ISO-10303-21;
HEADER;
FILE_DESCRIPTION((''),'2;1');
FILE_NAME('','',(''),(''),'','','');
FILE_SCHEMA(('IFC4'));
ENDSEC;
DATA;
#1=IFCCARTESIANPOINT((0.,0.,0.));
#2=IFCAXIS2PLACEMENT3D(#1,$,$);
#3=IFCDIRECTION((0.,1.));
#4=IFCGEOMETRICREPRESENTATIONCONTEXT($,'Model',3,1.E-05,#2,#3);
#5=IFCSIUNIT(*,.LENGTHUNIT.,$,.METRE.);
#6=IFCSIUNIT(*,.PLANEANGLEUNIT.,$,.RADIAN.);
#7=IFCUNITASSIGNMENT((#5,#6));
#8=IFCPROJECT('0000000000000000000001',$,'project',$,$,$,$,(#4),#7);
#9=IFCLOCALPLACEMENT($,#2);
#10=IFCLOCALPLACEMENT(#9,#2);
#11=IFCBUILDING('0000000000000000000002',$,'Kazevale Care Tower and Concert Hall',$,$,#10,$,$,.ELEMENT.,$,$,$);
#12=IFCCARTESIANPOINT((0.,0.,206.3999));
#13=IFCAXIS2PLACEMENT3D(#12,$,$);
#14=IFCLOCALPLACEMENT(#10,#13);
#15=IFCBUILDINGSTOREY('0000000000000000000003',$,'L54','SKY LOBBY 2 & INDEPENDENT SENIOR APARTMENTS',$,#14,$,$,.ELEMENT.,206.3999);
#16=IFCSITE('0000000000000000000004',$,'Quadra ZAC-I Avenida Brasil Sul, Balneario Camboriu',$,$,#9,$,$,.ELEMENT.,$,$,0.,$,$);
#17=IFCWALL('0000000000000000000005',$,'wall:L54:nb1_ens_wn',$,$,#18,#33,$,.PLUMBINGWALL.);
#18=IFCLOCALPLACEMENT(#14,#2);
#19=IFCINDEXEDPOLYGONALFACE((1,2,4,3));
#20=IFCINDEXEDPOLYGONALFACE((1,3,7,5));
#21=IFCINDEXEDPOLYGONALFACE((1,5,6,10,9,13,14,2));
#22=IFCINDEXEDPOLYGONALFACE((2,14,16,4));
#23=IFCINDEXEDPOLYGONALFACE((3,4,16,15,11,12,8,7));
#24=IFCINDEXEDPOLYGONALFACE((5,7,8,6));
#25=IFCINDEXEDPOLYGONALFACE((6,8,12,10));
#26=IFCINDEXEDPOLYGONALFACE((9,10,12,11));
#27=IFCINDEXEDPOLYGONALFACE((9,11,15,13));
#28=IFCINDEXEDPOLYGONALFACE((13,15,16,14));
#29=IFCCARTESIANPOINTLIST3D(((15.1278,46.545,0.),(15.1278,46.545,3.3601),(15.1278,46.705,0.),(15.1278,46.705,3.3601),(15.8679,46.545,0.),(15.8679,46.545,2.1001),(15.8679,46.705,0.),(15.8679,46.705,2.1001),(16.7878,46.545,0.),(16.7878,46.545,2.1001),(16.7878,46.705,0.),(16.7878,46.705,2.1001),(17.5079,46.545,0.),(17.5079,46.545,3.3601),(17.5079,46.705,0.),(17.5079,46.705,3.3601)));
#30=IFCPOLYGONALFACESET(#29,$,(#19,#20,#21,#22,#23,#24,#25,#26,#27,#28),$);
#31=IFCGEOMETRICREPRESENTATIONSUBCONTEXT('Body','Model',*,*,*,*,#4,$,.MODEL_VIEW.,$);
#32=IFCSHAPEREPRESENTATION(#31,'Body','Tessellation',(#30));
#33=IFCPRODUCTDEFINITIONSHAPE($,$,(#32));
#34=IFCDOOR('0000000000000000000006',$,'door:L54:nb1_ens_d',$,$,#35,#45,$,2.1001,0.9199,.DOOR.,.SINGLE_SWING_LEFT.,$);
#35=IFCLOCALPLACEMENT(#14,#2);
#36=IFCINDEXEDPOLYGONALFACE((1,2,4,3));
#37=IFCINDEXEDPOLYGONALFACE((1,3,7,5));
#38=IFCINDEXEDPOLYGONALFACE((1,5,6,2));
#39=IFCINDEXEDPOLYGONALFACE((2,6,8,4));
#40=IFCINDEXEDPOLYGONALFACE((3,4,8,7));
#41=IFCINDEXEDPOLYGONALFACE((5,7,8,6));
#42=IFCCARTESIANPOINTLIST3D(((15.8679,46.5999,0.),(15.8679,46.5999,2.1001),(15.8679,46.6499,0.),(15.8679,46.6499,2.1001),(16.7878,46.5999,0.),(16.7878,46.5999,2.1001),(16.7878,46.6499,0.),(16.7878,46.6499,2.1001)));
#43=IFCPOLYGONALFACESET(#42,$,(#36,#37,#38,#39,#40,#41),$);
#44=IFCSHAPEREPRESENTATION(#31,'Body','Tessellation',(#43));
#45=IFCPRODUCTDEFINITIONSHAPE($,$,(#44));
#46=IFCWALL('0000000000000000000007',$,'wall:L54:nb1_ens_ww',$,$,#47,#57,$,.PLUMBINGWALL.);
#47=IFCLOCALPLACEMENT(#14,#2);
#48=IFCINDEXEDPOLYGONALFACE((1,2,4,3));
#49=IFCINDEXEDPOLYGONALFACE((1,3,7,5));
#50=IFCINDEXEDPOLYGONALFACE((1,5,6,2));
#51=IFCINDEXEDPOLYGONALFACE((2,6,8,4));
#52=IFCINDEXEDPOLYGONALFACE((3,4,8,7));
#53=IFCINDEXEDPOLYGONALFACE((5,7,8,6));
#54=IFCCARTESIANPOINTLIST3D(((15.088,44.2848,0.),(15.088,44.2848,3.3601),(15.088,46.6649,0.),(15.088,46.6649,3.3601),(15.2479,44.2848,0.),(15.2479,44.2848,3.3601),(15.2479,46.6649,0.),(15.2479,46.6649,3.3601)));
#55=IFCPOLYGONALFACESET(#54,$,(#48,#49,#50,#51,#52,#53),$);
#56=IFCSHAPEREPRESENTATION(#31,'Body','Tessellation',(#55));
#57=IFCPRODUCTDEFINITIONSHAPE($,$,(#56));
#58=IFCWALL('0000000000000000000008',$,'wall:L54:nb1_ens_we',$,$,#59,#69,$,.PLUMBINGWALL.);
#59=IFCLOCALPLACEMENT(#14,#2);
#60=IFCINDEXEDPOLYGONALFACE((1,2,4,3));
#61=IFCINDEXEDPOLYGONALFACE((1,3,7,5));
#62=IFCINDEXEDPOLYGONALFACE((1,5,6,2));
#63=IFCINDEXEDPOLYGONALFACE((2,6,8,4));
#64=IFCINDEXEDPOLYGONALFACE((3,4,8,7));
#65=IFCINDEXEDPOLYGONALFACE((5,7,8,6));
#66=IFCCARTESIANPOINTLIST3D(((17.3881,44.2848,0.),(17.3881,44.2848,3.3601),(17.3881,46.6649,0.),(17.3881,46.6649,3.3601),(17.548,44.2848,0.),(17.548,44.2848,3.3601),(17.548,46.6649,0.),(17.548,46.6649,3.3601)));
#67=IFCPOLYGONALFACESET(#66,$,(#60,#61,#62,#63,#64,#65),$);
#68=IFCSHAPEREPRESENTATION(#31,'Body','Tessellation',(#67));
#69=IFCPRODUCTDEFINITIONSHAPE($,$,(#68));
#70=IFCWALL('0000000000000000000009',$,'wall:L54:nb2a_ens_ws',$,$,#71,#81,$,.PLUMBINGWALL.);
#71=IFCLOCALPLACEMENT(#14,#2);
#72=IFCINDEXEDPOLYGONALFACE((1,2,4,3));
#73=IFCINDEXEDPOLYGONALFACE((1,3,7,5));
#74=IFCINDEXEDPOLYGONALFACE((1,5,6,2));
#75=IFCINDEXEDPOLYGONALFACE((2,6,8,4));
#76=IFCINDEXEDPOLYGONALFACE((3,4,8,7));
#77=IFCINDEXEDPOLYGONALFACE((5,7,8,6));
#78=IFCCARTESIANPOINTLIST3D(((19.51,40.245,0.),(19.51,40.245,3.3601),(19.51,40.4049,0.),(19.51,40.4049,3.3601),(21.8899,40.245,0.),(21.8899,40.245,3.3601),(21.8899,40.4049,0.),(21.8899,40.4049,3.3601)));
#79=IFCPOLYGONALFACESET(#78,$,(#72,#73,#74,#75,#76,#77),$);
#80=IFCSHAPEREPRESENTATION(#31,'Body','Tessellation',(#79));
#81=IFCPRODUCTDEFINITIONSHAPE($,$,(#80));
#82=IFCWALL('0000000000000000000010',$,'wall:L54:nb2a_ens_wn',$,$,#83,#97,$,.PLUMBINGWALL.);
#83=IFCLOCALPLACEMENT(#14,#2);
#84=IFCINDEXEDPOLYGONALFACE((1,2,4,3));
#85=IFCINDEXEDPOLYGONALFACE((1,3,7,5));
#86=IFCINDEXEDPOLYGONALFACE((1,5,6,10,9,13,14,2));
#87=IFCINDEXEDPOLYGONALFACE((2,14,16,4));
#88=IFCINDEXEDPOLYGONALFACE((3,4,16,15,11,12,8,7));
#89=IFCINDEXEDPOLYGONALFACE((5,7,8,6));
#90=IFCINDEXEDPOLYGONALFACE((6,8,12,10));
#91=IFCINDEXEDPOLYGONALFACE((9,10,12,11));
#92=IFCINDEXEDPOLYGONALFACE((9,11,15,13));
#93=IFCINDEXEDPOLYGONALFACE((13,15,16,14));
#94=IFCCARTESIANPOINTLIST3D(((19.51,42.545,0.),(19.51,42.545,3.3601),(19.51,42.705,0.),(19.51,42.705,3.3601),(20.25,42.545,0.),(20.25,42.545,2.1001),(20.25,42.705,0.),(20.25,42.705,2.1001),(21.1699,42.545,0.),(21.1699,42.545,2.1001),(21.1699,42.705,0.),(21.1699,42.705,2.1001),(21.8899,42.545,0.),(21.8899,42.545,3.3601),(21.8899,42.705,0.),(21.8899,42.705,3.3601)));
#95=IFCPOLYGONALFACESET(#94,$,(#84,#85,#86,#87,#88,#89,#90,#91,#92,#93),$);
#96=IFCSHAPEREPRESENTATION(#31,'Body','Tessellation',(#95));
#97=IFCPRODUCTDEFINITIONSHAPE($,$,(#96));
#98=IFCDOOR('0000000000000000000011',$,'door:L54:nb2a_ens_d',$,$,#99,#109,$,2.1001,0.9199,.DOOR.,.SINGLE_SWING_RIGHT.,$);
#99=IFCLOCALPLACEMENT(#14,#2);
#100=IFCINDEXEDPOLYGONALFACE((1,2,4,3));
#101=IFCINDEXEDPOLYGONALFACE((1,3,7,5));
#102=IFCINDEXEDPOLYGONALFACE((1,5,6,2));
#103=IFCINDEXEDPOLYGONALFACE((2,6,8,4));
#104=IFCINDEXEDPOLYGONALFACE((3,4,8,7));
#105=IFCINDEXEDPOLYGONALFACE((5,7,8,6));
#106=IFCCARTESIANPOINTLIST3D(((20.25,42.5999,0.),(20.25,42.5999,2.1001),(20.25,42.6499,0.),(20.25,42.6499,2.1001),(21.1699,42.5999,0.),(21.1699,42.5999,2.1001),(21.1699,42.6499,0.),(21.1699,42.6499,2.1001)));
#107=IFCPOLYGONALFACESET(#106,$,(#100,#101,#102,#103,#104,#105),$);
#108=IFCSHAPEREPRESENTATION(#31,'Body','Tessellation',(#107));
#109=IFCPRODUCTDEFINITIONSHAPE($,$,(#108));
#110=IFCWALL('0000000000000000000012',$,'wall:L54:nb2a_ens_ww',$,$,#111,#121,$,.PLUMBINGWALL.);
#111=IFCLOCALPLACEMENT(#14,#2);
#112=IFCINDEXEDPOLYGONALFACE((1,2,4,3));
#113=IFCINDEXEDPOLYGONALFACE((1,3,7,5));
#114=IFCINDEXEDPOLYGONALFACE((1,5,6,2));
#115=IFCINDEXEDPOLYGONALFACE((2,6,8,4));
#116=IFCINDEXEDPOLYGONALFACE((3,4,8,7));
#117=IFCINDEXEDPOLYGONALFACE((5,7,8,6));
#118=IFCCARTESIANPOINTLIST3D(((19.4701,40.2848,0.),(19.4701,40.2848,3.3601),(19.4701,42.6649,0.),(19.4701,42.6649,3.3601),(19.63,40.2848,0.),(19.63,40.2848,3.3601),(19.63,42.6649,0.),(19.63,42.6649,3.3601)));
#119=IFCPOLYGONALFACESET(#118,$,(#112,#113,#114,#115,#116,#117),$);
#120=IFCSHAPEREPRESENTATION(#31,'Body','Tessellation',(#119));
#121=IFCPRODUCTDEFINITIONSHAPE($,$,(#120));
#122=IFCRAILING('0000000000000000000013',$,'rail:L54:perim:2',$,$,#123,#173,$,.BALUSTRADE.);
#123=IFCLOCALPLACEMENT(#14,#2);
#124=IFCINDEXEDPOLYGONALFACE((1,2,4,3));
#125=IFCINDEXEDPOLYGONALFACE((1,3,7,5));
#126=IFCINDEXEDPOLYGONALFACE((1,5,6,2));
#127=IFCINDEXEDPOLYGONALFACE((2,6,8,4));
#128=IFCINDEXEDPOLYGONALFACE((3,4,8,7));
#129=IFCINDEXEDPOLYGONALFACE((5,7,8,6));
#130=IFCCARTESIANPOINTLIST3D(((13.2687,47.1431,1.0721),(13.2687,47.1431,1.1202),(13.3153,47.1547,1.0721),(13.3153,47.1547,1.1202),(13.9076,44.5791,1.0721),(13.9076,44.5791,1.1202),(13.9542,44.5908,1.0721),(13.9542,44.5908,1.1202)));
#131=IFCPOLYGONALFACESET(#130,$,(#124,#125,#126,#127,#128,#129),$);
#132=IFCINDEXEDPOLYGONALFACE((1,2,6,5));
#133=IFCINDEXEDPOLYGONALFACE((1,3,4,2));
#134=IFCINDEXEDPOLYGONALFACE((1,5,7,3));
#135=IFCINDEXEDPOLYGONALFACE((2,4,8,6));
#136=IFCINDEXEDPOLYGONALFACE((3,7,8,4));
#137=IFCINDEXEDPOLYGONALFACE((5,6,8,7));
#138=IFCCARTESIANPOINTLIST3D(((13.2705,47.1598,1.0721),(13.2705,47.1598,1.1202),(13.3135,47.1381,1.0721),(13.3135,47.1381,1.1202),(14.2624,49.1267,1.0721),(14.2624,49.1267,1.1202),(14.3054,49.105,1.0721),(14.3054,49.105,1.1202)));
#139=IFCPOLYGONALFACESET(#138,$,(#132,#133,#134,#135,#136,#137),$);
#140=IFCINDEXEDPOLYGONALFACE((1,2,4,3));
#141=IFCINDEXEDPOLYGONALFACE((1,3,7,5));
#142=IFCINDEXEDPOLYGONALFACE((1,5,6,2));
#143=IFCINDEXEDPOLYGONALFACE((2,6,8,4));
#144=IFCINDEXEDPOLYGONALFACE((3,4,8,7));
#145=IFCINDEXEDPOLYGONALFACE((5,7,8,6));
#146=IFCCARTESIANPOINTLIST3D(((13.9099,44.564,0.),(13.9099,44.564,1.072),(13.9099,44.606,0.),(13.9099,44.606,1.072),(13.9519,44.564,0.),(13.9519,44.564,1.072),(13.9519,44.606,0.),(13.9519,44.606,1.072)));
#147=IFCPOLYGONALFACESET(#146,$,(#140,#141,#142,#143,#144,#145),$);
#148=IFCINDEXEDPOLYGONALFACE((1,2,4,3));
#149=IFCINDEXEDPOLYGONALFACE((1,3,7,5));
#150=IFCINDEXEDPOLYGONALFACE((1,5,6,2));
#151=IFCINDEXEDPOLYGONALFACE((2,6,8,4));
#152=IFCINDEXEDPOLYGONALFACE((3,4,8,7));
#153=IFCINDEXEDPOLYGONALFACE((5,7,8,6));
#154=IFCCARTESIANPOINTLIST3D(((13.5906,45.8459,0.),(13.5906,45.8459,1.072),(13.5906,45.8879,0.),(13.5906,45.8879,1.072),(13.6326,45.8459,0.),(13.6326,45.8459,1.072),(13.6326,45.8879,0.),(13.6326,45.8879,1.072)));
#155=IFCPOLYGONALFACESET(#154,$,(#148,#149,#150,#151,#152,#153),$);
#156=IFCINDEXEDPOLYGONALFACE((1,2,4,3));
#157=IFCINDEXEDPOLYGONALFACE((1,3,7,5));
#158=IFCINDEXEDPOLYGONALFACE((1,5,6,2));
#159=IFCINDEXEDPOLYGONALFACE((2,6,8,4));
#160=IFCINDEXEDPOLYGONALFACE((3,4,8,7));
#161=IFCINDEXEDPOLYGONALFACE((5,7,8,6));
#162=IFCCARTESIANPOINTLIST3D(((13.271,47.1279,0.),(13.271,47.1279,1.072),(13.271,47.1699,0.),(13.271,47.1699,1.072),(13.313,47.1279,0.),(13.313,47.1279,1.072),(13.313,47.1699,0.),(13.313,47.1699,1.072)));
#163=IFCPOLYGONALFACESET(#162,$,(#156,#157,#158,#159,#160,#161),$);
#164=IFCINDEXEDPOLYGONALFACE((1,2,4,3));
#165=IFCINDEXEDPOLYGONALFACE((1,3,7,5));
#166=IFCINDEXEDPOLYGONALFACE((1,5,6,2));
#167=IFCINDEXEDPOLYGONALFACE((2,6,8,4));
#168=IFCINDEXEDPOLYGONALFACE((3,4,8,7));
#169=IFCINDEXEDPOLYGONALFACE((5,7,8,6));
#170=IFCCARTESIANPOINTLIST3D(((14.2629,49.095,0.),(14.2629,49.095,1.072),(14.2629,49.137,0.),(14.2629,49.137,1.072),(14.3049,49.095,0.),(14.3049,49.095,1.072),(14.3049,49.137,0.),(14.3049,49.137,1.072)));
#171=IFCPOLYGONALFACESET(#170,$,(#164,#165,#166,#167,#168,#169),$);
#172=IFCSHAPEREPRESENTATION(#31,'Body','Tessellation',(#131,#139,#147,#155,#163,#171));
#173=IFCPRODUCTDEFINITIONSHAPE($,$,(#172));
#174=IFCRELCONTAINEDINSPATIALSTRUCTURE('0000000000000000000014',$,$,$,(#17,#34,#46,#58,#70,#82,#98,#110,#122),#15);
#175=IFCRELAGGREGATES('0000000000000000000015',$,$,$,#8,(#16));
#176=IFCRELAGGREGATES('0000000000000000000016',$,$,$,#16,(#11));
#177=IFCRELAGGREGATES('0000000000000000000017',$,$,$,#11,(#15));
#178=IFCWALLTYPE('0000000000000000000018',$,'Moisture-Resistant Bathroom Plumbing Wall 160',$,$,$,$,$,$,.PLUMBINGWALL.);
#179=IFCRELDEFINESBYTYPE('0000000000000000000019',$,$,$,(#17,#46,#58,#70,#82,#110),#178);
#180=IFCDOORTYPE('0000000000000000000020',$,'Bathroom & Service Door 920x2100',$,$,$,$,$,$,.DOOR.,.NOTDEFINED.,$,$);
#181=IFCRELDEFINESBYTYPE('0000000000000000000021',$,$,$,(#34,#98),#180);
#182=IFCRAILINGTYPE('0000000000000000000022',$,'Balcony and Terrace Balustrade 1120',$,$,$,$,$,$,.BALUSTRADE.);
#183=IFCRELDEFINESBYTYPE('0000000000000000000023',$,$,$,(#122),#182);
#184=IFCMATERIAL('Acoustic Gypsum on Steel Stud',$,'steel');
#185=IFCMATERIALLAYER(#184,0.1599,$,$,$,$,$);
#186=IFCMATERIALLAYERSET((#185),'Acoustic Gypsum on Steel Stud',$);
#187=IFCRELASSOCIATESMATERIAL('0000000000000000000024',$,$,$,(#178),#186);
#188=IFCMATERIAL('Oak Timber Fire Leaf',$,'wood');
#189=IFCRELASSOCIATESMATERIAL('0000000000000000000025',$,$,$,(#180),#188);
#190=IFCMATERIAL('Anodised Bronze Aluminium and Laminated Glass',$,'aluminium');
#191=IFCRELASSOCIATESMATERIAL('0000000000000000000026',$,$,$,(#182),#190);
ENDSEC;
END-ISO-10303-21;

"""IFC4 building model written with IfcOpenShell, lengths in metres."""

from ifc_helpers import new_model, si_unit, direction, frame, frame_2d, origin, origin_2d, place, context, subcontext, project, spatial, rectangle, extrude, material, layer, layer_set, type_object, element, fill, save


model = new_model("IFC4")

# Units and contexts
model_context = context("Model", 3, precision=1e-05, world=origin(), true_north=direction((0.0, 1.0)))
body_context = subcontext(model_context, "Body", "Model", "MODEL_VIEW")
ifc_project = project(units=[si_unit("LENGTHUNIT", "METRE"), si_unit("PLANEANGLEUNIT", "RADIAN")], contexts=[model_context])

# Site, building, storey
site_placement = place(None, origin())
site = spatial("IfcSite", under=ifc_project, at=site_placement, Name="Quadra ZAC-I Avenida Brasil Sul, Balneario Camboriu", CompositionType="ELEMENT", RefElevation=0.0)
building_placement = place(site_placement, origin())
building = spatial("IfcBuilding", under=site, at=building_placement, Name="Kazevale Care Tower and Concert Hall", CompositionType="ELEMENT")
storey_placement = place(building_placement, frame((0.0, 0.0, 206.3999)))
storey = spatial("IfcBuildingStorey", under=building, at=storey_placement, Name="L54", Description="SKY LOBBY 2 & INDEPENDENT SENIOR APARTMENTS", CompositionType="ELEMENT", Elevation=206.3999)

# Shared definitions
ifc_material_1 = material(Name="Acoustic Gypsum on Steel Stud", Category="steel")
ifc_layer_1 = layer(ifc_material_1, 0.1599)
ifc_layer_set_1 = layer_set([ifc_layer_1], Name="Acoustic Gypsum on Steel Stud")
wall_type_1 = type_object("IfcWallType", Name="Moisture-Resistant Bathroom Plumbing Wall 160", PredefinedType="PLUMBINGWALL", material=ifc_layer_set_1)

# Wall, opening, door
wall_1_placement = place(storey_placement, frame((15.1279, 46.625, 0.0), z_axis=(0.0, 0.0, 1.0), x_axis=(1.0, 0.0, 0.0)))
wall_1 = element("IfcWall", 1, at=wall_1_placement, inside=storey, type_object=wall_type_1, Name="wall:L54:nb1_ens_wn", PredefinedType="PLUMBINGWALL", context=body_context, shape_type="SweptSolid", body=[
    extrude(rectangle(XDim=2.3801, YDim=0.1599, at=frame_2d((1.1899, 0.0))), origin(), (0.0, 0.0, 1.0), 3.3601),
])
opening_1_placement = place(wall_1_placement, frame((0.74, 0.0, 0.0)))
opening_1 = element("IfcOpeningElement", 2, at=opening_1_placement, cuts=wall_1, PredefinedType="OPENING", context=body_context, shape_type="SweptSolid", body=[
    extrude(rectangle(XDim=0.9199, YDim=2.1001, at=frame_2d((0.46, 1.05))), frame((0.0, 0.0898, 0.0), z_axis=(0.0, -1.0, 0.0), x_axis=(1.0, 0.0, 0.0)), (0.0, 0.0, 1.0), 0.1799),
])
ifc_material_2 = material(Name="Oak Timber Fire Leaf", Category="wood")
door_type = type_object("IfcDoorType", Name="Bathroom & Service Door 920x2100", OperationType="NOTDEFINED", PredefinedType="DOOR", material=ifc_material_2)
door_1_placement = place(opening_1_placement, origin())
door_1 = element("IfcDoor", 3, at=door_1_placement, inside=storey, type_object=door_type, Name="door:L54:nb1_ens_d", OperationType="SINGLE_SWING_LEFT", OverallHeight=2.1001, OverallWidth=0.9199, PredefinedType="DOOR", context=body_context, shape_type="SweptSolid", body=[
    extrude(rectangle(XDim=0.9199, YDim=2.1001, at=frame_2d((0.46, 1.05))), frame((0.0, 0.0249, 0.0), z_axis=(0.0, -1.0, 0.0), x_axis=(1.0, 0.0, 0.0)), (0.0, 0.0, 1.0), 0.05),
])
fill(opening_1, door_1)

# Walls
for number, where, z_axis, x_axis, name in (
    (4, (15.168, 44.2849, 0.0), (0.0, 0.0, 1.0), (0.0, 1.0, 0.0), "wall:L54:nb1_ens_ww"),
    (5, (17.468, 44.2849, 0.0), (0.0, 0.0, 1.0), (0.0, 1.0, 0.0), "wall:L54:nb1_ens_we"),
):
    element("IfcWall", number, at=place(storey_placement, frame(where, z_axis=z_axis, x_axis=x_axis)), inside=storey, type_object=wall_type_1, Name=name, PredefinedType="PLUMBINGWALL", context=body_context, shape_type="SweptSolid", body=[
        extrude(rectangle(XDim=2.3801, YDim=0.1599, at=frame_2d((1.1899, 0.0))), origin(), (0.0, 0.0, 1.0), 3.3601),
    ])
wall_2_placement = place(storey_placement, frame((19.51, 40.325, 0.0), z_axis=(0.0, 0.0, 1.0), x_axis=(1.0, 0.0, 0.0)))
element("IfcWall", 6, at=wall_2_placement, inside=storey, type_object=wall_type_1, Name="wall:L54:nb2a_ens_ws", PredefinedType="PLUMBINGWALL", context=body_context, shape_type="SweptSolid", body=[
    extrude(rectangle(XDim=2.3799, YDim=0.1599, at=frame_2d((1.1899, 0.0))), origin(), (0.0, 0.0, 1.0), 3.3601),
])

# Wall, opening, door
wall_3_placement = place(storey_placement, frame((19.51, 42.625, 0.0), z_axis=(0.0, 0.0, 1.0), x_axis=(1.0, 0.0, 0.0)))
wall_3 = element("IfcWall", 7, at=wall_3_placement, inside=storey, type_object=wall_type_1, Name="wall:L54:nb2a_ens_wn", PredefinedType="PLUMBINGWALL", context=body_context, shape_type="SweptSolid", body=[
    extrude(rectangle(XDim=2.3799, YDim=0.1599, at=frame_2d((1.1899, 0.0))), origin(), (0.0, 0.0, 1.0), 3.3601),
])
opening_2_placement = place(wall_3_placement, frame((0.74, 0.0, 0.0)))
opening_2 = element("IfcOpeningElement", 8, at=opening_2_placement, cuts=wall_3, PredefinedType="OPENING", context=body_context, shape_type="SweptSolid", body=[
    extrude(rectangle(XDim=0.9199, YDim=2.1001, at=frame_2d((0.46, 1.05))), frame((0.0, 0.0898, 0.0), z_axis=(0.0, -1.0, 0.0), x_axis=(1.0, 0.0, 0.0)), (0.0, 0.0, 1.0), 0.1799),
])
door_2_placement = place(opening_2_placement, origin())
door_2 = element("IfcDoor", 9, at=door_2_placement, inside=storey, type_object=door_type, Name="door:L54:nb2a_ens_d", OperationType="SINGLE_SWING_RIGHT", OverallHeight=2.1001, OverallWidth=0.9199, PredefinedType="DOOR", context=body_context, shape_type="SweptSolid", body=[
    extrude(rectangle(XDim=0.9199, YDim=2.1001, at=frame_2d((0.46, 1.05))), frame((0.0, 0.0249, 0.0), z_axis=(0.0, -1.0, 0.0), x_axis=(1.0, 0.0, 0.0)), (0.0, 0.0, 1.0), 0.05),
])
fill(opening_2, door_2)

# Wall
wall_4_placement = place(storey_placement, frame((19.55, 40.2849, 0.0), z_axis=(0.0, 0.0, 1.0), x_axis=(0.0, 1.0, 0.0)))
element("IfcWall", 10, at=wall_4_placement, inside=storey, type_object=wall_type_1, Name="wall:L54:nb2a_ens_ww", PredefinedType="PLUMBINGWALL", context=body_context, shape_type="SweptSolid", body=[
    extrude(rectangle(XDim=2.3801, YDim=0.1599, at=frame_2d((1.1899, 0.0))), origin(), (0.0, 0.0, 1.0), 3.3601),
])

# Railing
ifc_material_3 = material(Name="Anodised Bronze Aluminium and Laminated Glass", Category="aluminium")
railing_type = type_object("IfcRailingType", Name="Balcony and Terrace Balustrade 1120", PredefinedType="BALUSTRADE", material=ifc_material_3)
railing_1_placement = place(storey_placement, frame((13.9309, 44.585, 0.0)))
element("IfcRailing", 11, at=railing_1_placement, inside=storey, type_object=railing_type, Name="rail:L54:perim:2", PredefinedType="BALUSTRADE", context=body_context, shape_type="SweptSolid", body=[
    extrude(rectangle(XDim=0.0481, YDim=0.0481, at=origin_2d()), frame((0.0, 0.0, 1.0962), z_axis=(-0.241796, 0.970327, 0.0), x_axis=(-0.970327, -0.241796, 0.0)), (0.0, 0.0, 1.0), 2.6423),
    extrude(rectangle(XDim=0.0481, YDim=0.0481, at=origin_2d()), frame((-0.6389, 2.564, 1.0962), z_axis=(0.45027, 0.892893, 0.0), x_axis=(-0.892893, 0.45027, 0.0)), (0.0, 0.0, 1.0), 2.2029),
    extrude(rectangle(XDim=0.042, YDim=0.042, at=origin_2d()), origin(), (0.0, 0.0, 1.0), 1.072),
    extrude(rectangle(XDim=0.042, YDim=0.042, at=origin_2d()), frame((-0.3193, 1.282, 0.0)), (0.0, 0.0, 1.0), 1.072),
    extrude(rectangle(XDim=0.042, YDim=0.042, at=origin_2d()), frame((-0.6389, 2.564, 0.0)), (0.0, 0.0, 1.0), 1.072),
    extrude(rectangle(XDim=0.042, YDim=0.042, at=origin_2d()), frame((0.353, 4.531, 0.0)), (0.0, 0.0, 1.0), 1.072),
])

save(model, "model.ifc")
